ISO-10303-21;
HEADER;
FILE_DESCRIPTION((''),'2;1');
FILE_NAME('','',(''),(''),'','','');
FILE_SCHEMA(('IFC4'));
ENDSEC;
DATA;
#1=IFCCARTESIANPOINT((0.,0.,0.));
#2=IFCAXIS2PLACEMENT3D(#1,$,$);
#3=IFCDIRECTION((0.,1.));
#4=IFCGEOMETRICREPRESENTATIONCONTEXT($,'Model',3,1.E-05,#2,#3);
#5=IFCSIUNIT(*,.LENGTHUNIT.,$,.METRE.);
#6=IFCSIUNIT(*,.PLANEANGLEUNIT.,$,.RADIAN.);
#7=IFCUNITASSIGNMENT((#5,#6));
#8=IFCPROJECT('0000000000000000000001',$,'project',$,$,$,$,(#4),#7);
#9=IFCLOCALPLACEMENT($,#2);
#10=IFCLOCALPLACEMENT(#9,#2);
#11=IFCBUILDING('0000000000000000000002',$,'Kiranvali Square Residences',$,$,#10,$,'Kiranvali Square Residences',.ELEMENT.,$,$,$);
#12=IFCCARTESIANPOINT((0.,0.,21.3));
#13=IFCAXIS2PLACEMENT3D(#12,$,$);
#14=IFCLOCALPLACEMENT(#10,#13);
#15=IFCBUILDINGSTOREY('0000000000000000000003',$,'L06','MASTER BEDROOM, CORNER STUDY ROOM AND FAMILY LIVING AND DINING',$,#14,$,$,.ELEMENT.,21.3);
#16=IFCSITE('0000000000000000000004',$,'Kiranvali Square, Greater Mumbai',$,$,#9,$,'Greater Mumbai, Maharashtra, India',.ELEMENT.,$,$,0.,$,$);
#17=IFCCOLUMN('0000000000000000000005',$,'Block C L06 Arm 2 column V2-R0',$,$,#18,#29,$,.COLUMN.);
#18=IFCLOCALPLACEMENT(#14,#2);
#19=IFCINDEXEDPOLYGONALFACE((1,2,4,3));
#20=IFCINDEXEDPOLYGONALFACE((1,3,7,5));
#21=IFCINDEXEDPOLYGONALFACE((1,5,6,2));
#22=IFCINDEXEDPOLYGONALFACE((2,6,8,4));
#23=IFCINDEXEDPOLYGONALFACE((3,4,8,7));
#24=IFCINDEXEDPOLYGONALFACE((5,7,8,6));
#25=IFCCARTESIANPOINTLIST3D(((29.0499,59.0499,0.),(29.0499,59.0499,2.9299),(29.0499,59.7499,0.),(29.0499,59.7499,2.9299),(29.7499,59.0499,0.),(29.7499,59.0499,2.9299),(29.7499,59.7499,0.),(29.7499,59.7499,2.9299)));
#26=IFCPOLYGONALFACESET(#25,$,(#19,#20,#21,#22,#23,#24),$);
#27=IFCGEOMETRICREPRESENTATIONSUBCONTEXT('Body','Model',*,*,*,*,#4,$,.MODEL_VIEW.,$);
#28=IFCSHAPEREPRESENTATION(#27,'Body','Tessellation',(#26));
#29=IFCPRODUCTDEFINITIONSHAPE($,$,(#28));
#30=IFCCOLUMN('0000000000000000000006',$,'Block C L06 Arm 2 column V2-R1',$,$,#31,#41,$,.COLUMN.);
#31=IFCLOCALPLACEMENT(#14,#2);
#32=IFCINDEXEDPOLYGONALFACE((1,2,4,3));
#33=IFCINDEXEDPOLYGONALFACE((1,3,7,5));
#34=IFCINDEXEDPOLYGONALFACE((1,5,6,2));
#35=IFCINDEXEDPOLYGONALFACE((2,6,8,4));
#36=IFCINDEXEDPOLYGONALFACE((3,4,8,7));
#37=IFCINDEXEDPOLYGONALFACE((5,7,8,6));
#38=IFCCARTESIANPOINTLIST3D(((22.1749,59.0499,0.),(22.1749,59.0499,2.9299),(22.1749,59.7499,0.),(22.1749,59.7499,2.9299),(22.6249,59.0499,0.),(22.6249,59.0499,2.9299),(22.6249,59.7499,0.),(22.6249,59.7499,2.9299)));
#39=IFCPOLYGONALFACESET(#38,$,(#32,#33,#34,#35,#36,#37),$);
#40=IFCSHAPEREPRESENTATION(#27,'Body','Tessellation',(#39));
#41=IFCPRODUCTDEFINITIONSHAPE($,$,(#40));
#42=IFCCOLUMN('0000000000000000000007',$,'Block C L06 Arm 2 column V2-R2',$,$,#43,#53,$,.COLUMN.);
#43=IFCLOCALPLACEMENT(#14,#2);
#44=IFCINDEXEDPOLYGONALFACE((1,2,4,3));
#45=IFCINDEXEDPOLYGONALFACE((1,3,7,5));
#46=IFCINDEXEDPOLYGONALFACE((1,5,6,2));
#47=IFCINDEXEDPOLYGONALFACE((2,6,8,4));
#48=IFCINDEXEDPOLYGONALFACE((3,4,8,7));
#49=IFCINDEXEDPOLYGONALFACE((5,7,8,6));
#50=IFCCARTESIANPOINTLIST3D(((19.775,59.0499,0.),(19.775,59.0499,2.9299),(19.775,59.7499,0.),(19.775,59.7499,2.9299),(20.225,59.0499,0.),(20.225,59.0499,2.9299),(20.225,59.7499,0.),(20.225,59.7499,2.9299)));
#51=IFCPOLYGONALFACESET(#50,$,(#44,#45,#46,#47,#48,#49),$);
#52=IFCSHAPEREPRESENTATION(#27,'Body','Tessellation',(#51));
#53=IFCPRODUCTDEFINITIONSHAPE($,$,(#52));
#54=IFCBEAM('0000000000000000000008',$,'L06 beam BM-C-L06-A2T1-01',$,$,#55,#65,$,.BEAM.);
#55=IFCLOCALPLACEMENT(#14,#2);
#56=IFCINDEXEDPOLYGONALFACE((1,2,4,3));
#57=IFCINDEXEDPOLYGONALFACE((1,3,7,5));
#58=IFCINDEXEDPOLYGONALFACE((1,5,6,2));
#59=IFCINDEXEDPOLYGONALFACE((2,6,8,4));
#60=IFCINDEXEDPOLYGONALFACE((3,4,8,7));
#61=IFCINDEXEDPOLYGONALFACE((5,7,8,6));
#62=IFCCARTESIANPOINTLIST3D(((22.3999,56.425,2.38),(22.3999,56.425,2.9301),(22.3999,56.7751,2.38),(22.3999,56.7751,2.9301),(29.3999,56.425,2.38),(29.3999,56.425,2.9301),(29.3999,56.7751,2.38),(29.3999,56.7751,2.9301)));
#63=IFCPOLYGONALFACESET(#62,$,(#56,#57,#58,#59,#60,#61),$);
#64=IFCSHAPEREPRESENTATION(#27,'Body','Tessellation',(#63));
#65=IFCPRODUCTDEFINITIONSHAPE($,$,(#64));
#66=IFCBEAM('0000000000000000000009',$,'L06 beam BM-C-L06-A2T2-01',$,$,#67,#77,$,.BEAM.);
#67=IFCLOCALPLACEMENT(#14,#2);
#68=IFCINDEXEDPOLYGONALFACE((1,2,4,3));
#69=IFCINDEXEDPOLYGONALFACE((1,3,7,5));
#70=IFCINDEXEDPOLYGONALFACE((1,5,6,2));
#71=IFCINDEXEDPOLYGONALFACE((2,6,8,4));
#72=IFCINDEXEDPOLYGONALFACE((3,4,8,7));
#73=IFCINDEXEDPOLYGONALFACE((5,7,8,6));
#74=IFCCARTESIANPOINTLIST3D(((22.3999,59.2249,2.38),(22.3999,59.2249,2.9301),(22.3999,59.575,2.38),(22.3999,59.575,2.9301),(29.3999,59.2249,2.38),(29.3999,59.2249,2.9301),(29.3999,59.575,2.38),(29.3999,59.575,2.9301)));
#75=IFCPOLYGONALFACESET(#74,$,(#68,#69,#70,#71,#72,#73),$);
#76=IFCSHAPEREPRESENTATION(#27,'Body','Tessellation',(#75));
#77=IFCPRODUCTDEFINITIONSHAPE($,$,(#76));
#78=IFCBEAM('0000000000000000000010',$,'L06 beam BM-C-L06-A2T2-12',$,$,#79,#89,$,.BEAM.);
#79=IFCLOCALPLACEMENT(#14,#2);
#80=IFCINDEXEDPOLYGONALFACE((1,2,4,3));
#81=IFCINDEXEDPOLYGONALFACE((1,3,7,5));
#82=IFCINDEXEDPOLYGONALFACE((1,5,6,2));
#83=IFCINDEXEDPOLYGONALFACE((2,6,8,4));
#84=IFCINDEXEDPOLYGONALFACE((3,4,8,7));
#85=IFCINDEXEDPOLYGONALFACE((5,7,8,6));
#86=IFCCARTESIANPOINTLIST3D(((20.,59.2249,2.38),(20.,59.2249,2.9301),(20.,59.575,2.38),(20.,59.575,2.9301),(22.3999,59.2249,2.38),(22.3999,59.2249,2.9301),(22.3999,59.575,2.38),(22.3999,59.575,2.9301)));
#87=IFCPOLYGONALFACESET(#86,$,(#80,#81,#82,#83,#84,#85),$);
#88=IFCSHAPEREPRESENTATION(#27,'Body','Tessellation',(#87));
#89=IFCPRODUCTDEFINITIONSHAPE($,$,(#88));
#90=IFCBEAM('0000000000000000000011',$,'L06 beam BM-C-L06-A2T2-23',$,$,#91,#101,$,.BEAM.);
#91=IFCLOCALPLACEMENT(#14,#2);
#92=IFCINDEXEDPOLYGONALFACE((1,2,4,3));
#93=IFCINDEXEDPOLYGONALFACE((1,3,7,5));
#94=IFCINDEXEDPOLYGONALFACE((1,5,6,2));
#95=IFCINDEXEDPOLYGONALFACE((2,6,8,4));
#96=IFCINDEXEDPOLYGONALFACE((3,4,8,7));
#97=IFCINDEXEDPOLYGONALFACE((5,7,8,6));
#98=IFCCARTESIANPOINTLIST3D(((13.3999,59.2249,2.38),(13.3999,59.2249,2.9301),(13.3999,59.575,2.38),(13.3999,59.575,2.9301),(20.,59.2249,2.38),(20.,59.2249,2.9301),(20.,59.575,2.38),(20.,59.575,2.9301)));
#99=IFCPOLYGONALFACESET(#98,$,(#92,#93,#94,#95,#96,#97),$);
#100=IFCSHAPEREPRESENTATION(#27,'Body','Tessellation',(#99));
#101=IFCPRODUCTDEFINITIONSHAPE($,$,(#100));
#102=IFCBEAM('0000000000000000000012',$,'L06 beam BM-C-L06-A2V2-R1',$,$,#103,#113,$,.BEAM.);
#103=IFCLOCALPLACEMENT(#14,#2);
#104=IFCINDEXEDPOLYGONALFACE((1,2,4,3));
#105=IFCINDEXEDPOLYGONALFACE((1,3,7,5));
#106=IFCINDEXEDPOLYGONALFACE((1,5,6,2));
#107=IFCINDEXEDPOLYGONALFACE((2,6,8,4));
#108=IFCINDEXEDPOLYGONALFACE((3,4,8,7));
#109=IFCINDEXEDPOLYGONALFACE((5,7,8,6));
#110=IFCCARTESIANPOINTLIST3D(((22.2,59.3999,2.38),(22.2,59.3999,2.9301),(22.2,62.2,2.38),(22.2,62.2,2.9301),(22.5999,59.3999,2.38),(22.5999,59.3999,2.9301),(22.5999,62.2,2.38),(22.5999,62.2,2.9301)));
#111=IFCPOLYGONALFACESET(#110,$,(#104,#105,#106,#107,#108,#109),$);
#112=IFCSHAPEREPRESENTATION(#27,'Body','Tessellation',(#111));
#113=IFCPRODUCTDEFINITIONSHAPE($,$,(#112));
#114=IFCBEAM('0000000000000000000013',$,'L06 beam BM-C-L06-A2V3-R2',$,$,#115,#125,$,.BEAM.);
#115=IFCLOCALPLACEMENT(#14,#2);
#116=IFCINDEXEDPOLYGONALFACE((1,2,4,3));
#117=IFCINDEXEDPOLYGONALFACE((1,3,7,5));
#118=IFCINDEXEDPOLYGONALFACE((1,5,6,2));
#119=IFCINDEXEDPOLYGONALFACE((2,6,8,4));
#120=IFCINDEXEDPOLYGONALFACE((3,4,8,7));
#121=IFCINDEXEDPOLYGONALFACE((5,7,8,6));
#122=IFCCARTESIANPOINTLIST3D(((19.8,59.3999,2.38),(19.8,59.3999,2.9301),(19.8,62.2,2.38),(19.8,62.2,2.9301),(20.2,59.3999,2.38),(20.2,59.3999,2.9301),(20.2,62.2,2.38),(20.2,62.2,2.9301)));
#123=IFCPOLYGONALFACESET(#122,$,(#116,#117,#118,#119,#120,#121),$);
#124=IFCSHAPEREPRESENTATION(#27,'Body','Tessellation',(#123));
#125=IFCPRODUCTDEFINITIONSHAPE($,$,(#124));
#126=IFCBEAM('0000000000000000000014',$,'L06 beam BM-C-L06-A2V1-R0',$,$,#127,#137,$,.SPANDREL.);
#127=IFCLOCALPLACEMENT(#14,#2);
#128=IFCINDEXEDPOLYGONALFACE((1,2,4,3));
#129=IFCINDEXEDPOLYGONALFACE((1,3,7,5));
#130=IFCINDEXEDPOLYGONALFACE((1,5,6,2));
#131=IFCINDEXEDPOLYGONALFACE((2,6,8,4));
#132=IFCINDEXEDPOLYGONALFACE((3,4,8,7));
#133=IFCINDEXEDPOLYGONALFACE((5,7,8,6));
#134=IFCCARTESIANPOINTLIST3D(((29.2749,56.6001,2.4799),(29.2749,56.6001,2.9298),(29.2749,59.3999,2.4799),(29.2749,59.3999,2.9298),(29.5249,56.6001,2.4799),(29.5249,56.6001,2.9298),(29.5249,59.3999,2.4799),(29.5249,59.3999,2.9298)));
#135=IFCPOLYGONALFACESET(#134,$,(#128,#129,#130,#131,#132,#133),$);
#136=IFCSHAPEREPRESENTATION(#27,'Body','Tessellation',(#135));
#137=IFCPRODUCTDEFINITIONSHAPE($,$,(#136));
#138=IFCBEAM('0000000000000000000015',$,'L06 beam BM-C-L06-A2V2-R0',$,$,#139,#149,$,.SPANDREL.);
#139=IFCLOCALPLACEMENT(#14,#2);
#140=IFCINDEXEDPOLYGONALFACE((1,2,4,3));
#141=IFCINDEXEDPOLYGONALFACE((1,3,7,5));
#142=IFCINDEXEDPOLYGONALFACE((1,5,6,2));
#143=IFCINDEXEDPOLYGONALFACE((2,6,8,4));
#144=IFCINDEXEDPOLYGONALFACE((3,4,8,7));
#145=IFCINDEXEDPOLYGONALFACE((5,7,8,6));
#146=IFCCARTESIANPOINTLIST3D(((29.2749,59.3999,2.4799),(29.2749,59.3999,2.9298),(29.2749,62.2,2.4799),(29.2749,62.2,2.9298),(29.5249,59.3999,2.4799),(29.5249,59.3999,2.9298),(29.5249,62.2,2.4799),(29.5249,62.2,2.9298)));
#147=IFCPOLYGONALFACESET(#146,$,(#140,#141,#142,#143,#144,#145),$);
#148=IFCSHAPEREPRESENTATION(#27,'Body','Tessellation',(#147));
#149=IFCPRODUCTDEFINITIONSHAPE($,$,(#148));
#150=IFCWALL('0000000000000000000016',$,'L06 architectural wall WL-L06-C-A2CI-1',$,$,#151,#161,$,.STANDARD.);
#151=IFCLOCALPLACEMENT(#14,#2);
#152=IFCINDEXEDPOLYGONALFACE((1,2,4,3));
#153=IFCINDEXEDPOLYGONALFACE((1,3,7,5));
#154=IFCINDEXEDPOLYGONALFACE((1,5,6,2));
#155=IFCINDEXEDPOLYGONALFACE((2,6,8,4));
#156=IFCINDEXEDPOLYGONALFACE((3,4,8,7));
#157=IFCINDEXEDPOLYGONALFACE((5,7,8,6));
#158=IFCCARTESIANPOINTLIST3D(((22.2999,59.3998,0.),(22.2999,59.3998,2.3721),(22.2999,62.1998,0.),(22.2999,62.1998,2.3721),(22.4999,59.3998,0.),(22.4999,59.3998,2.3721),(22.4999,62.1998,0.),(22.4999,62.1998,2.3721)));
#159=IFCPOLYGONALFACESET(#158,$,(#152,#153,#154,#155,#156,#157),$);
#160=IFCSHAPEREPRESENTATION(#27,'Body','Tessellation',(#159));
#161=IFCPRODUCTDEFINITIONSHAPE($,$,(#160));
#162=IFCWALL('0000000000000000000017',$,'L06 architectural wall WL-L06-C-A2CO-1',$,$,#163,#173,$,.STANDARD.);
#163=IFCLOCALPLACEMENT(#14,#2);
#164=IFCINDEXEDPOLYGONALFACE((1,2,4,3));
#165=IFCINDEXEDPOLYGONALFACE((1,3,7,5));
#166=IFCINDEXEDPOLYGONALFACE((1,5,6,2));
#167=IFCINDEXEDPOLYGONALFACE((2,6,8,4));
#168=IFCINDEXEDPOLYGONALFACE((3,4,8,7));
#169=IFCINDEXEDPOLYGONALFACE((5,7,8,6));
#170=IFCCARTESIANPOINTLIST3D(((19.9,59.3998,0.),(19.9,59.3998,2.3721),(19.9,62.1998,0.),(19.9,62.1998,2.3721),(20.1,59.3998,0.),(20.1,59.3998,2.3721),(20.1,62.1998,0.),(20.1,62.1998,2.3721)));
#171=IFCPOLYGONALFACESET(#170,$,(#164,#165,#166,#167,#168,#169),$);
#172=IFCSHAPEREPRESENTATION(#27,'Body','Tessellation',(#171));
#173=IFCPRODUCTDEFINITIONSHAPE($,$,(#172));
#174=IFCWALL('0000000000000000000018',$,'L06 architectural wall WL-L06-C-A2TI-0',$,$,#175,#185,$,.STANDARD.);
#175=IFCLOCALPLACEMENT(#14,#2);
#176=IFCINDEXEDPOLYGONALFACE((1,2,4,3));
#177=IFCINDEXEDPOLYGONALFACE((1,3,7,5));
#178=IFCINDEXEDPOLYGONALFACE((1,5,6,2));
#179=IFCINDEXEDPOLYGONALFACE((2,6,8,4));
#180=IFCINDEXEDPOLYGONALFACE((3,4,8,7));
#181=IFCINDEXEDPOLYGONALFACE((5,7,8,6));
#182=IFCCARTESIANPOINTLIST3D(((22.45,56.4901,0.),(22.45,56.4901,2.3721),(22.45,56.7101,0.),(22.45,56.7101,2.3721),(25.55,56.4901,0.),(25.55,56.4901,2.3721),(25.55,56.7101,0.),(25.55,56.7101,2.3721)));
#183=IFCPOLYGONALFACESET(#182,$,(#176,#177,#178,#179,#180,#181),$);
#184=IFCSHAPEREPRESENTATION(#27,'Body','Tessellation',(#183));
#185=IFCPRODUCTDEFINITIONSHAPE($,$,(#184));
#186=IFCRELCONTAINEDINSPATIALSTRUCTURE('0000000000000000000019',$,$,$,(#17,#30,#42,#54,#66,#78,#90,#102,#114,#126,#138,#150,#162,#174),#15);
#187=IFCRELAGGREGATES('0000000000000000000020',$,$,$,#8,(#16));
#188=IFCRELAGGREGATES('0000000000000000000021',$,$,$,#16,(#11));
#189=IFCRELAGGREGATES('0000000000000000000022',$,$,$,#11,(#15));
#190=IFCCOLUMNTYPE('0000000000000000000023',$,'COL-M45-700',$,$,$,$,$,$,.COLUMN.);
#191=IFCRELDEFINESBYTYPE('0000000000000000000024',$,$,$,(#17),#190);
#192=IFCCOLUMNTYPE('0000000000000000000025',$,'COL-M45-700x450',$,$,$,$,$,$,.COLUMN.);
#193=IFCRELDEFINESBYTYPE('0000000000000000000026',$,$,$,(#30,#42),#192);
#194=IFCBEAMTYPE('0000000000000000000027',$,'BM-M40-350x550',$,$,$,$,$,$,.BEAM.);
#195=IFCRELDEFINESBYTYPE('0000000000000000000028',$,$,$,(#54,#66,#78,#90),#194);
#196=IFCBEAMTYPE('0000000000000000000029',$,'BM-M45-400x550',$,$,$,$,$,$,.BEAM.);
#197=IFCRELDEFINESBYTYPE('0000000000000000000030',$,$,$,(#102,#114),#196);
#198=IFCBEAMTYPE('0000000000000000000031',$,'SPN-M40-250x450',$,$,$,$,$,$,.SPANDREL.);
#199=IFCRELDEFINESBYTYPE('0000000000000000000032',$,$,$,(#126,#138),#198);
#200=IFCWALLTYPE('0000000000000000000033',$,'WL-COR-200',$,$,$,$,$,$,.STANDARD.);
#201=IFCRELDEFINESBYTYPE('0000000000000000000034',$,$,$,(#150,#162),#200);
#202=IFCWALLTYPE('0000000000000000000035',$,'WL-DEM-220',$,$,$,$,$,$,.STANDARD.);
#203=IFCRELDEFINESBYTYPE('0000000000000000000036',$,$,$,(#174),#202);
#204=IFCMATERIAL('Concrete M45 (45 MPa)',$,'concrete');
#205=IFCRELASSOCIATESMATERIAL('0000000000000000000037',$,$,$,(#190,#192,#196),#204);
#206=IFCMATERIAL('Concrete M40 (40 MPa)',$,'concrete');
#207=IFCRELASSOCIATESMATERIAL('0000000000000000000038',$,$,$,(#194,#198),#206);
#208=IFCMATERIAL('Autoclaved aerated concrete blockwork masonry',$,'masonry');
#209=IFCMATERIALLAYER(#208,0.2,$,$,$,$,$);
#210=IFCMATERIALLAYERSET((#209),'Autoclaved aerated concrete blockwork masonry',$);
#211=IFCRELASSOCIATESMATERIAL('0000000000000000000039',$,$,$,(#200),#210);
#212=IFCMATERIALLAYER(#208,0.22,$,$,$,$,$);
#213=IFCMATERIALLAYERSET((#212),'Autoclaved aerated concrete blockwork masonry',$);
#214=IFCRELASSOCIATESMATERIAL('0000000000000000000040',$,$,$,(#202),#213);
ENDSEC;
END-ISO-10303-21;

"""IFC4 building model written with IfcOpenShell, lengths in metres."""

from ifc_helpers import new_model, si_unit, direction, frame, frame_2d, origin, origin_2d, place, context, subcontext, project, spatial, rectangle, extrude, material, layer, layer_set, material_profile, profile_set, type_object, element, save


model = new_model("IFC4")

# Units and contexts
model_context = context("Model", 3, precision=1e-05, world=origin(), true_north=direction((0.0, 1.0)))
body_context = subcontext(model_context, "Body", "Model", "MODEL_VIEW")
ifc_project = project(units=[si_unit("LENGTHUNIT", "METRE"), si_unit("PLANEANGLEUNIT", "RADIAN")], contexts=[model_context])

# Site, building, storey
site_placement = place(None, origin())
site = spatial("IfcSite", under=ifc_project, at=site_placement, Name="Kiranvali Square, Greater Mumbai", LongName="Greater Mumbai, Maharashtra, India", CompositionType="ELEMENT", RefElevation=0.0)
building_placement = place(site_placement, origin())
building = spatial("IfcBuilding", under=site, at=building_placement, Name="Kiranvali Square Residences", LongName="Kiranvali Square Residences", CompositionType="ELEMENT")
storey_placement = place(building_placement, frame((0.0, 0.0, 21.3)))
storey = spatial("IfcBuildingStorey", under=building, at=storey_placement, Name="L06", Description="MASTER BEDROOM, CORNER STUDY ROOM AND FAMILY LIVING AND DINING", CompositionType="ELEMENT", Elevation=21.3)

# Columns
ifc_material_1 = material(Name="Concrete M45 (45 MPa)", Category="concrete")
ifc_material_profile_1 = material_profile(ifc_material_1, rectangle(XDim=0.7, YDim=0.7, at=origin_2d()), Name="RC 700x700")
ifc_profile_set_1 = profile_set([ifc_material_profile_1], Name="Concrete M45 (45 MPa)")
column_type_1 = type_object("IfcColumnType", Name="COL-M45-700", PredefinedType="COLUMN", material=ifc_profile_set_1)
column_placement = place(storey_placement, frame((29.3999, 59.3999, 0.0), z_axis=(0.0, 0.0, 1.0), x_axis=(1.0, 0.0, 0.0)))
element("IfcColumn", 1, at=column_placement, inside=storey, type_object=column_type_1, Name="Block C L06 Arm 2 column V2-R0", PredefinedType="COLUMN", context=body_context, shape_type="SweptSolid", body=[
    extrude(rectangle(XDim=0.7, YDim=0.7, at=origin_2d()), origin(), (0.0, 0.0, 1.0), 2.9299),
])
ifc_material_profile_2 = material_profile(ifc_material_1, rectangle(XDim=0.45, YDim=0.7, at=origin_2d()), Name="RC 700x450")
ifc_profile_set_2 = profile_set([ifc_material_profile_2], Name="Concrete M45 (45 MPa)")
column_type_2 = type_object("IfcColumnType", Name="COL-M45-700x450", PredefinedType="COLUMN", material=ifc_profile_set_2)
for number, where, z_axis, x_axis, name in (
    (2, (22.3999, 59.3999, 0.0), (0.0, 0.0, 1.0), (1.0, 0.0, 0.0), "Block C L06 Arm 2 column V2-R1"),
    (3, (20.0, 59.3999, 0.0), (0.0, 0.0, 1.0), (1.0, 0.0, 0.0), "Block C L06 Arm 2 column V2-R2"),
):
    element("IfcColumn", number, at=place(storey_placement, frame(where, z_axis=z_axis, x_axis=x_axis)), inside=storey, type_object=column_type_2, Name=name, PredefinedType="COLUMN", context=body_context, shape_type="SweptSolid", body=[
        extrude(rectangle(XDim=0.45, YDim=0.7, at=origin_2d()), origin(), (0.0, 0.0, 1.0), 2.9299),
    ])

# Beams
ifc_material_2 = material(Name="Concrete M40 (40 MPa)", Category="concrete")
ifc_material_profile_3 = material_profile(ifc_material_2, rectangle(XDim=0.3501, YDim=0.55, at=origin_2d()), Name="RC 350x550")
ifc_profile_set_3 = profile_set([ifc_material_profile_3], Name="Concrete M40 (40 MPa)")
beam_type_1 = type_object("IfcBeamType", Name="BM-M40-350x550", PredefinedType="BEAM", material=ifc_profile_set_3)
for number, where, z_axis, x_axis, name in (
    (4, (29.3999, 56.6001, 2.655), (-1.0, 0.0, 0.0), (0.0, -1.0, 0.0), "L06 beam BM-C-L06-A2T1-01"),
    (5, (29.3999, 59.3999, 2.655), (-1.0, 0.0, 0.0), (0.0, -1.0, 0.0), "L06 beam BM-C-L06-A2T2-01"),
):
    element("IfcBeam", number, at=place(storey_placement, frame(where, z_axis=z_axis, x_axis=x_axis)), inside=storey, type_object=beam_type_1, Name=name, PredefinedType="BEAM", context=body_context, shape_type="SweptSolid", body=[
        extrude(rectangle(XDim=0.3501, YDim=0.55, at=origin_2d()), origin(), (0.0, 0.0, 1.0), 7.0),
    ])
beam_1_placement = place(storey_placement, frame((22.3999, 59.3999, 2.655), z_axis=(-1.0, 0.0, 0.0), x_axis=(0.0, -1.0, 0.0)))
element("IfcBeam", 6, at=beam_1_placement, inside=storey, type_object=beam_type_1, Name="L06 beam BM-C-L06-A2T2-12", PredefinedType="BEAM", context=body_context, shape_type="SweptSolid", body=[
    extrude(rectangle(XDim=0.3501, YDim=0.55, at=origin_2d()), origin(), (0.0, 0.0, 1.0), 2.3999),
])
beam_2_placement = place(storey_placement, frame((20.0, 59.3999, 2.655), z_axis=(-1.0, 0.0, 0.0), x_axis=(0.0, -1.0, 0.0)))
element("IfcBeam", 7, at=beam_2_placement, inside=storey, type_object=beam_type_1, Name="L06 beam BM-C-L06-A2T2-23", PredefinedType="BEAM", context=body_context, shape_type="SweptSolid", body=[
    extrude(rectangle(XDim=0.3501, YDim=0.55, at=origin_2d()), origin(), (0.0, 0.0, 1.0), 6.6001),
])
ifc_material_profile_4 = material_profile(ifc_material_1, rectangle(XDim=0.3999, YDim=0.55, at=origin_2d()), Name="RC 400x550")
ifc_profile_set_4 = profile_set([ifc_material_profile_4], Name="Concrete M45 (45 MPa)")
beam_type_2 = type_object("IfcBeamType", Name="BM-M45-400x550", PredefinedType="BEAM", material=ifc_profile_set_4)
for number, where, z_axis, x_axis, name in (
    (8, (22.3999, 59.3999, 2.655), (0.0, 1.0, 0.0), (-1.0, 0.0, 0.0), "L06 beam BM-C-L06-A2V2-R1"),
    (9, (20.0, 59.3999, 2.655), (0.0, 1.0, 0.0), (-1.0, 0.0, 0.0), "L06 beam BM-C-L06-A2V3-R2"),
):
    element("IfcBeam", number, at=place(storey_placement, frame(where, z_axis=z_axis, x_axis=x_axis)), inside=storey, type_object=beam_type_2, Name=name, PredefinedType="BEAM", context=body_context, shape_type="SweptSolid", body=[
        extrude(rectangle(XDim=0.3999, YDim=0.55, at=origin_2d()), origin(), (0.0, 0.0, 1.0), 2.8),
    ])
ifc_material_profile_5 = material_profile(ifc_material_2, rectangle(XDim=0.25, YDim=0.45, at=origin_2d()), Name="RC 250x450")
ifc_profile_set_5 = profile_set([ifc_material_profile_5], Name="Concrete M40 (40 MPa)")
beam_type_3 = type_object("IfcBeamType", Name="SPN-M40-250x450", PredefinedType="SPANDREL", material=ifc_profile_set_5)
beam_3_placement = place(storey_placement, frame((29.3999, 56.6001, 2.7048), z_axis=(0.0, 1.0, 0.0), x_axis=(-1.0, 0.0, 0.0)))
element("IfcBeam", 10, at=beam_3_placement, inside=storey, type_object=beam_type_3, Name="L06 beam BM-C-L06-A2V1-R0", PredefinedType="SPANDREL", context=body_context, shape_type="SweptSolid", body=[
    extrude(rectangle(XDim=0.25, YDim=0.45, at=origin_2d()), origin(), (0.0, 0.0, 1.0), 2.7998),
])
beam_4_placement = place(storey_placement, frame((29.3999, 59.3999, 2.7048), z_axis=(0.0, 1.0, 0.0), x_axis=(-1.0, 0.0, 0.0)))
element("IfcBeam", 11, at=beam_4_placement, inside=storey, type_object=beam_type_3, Name="L06 beam BM-C-L06-A2V2-R0", PredefinedType="SPANDREL", context=body_context, shape_type="SweptSolid", body=[
    extrude(rectangle(XDim=0.25, YDim=0.45, at=origin_2d()), origin(), (0.0, 0.0, 1.0), 2.8),
])

# Walls
ifc_material_3 = material(Name="Autoclaved aerated concrete blockwork masonry", Category="masonry")
ifc_layer_1 = layer(ifc_material_3, 0.2)
ifc_layer_set_1 = layer_set([ifc_layer_1], Name="Autoclaved aerated concrete blockwork masonry")
wall_type_1 = type_object("IfcWallType", Name="WL-COR-200", PredefinedType="STANDARD", material=ifc_layer_set_1)
for number, where, z_axis, x_axis, name in (
    (12, (22.3999, 59.3999, 0.0), (0.0, 0.0, 1.0), (0.0, 1.0, 0.0), "L06 architectural wall WL-L06-C-A2CI-1"),
    (13, (20.0, 59.3999, 0.0), (0.0, 0.0, 1.0), (0.0, 1.0, 0.0), "L06 architectural wall WL-L06-C-A2CO-1"),
):
    element("IfcWall", number, at=place(storey_placement, frame(where, z_axis=z_axis, x_axis=x_axis)), inside=storey, type_object=wall_type_1, Name=name, PredefinedType="STANDARD", context=body_context, shape_type="SweptSolid", body=[
        extrude(rectangle(XDim=2.8, YDim=0.2, at=frame_2d((1.3999, 0.0))), origin(), (0.0, 0.0, 1.0), 2.3721),
    ])
ifc_layer_2 = layer(ifc_material_3, 0.22)
ifc_layer_set_2 = layer_set([ifc_layer_2], Name="Autoclaved aerated concrete blockwork masonry")
wall_type_2 = type_object("IfcWallType", Name="WL-DEM-220", PredefinedType="STANDARD", material=ifc_layer_set_2)
wall_1_placement = place(storey_placement, frame((25.55, 56.6001, 0.0), z_axis=(0.0, 0.0, 1.0), x_axis=(-1.0, 0.0, 0.0)))
element("IfcWall", 14, at=wall_1_placement, inside=storey, type_object=wall_type_2, Name="L06 architectural wall WL-L06-C-A2TI-0", PredefinedType="STANDARD", context=body_context, shape_type="SweptSolid", body=[
    extrude(rectangle(XDim=3.1001, YDim=0.22, at=frame_2d((1.55, 0.0))), origin(), (0.0, 0.0, 1.0), 2.3721),
])

save(model, "model.ifc")
